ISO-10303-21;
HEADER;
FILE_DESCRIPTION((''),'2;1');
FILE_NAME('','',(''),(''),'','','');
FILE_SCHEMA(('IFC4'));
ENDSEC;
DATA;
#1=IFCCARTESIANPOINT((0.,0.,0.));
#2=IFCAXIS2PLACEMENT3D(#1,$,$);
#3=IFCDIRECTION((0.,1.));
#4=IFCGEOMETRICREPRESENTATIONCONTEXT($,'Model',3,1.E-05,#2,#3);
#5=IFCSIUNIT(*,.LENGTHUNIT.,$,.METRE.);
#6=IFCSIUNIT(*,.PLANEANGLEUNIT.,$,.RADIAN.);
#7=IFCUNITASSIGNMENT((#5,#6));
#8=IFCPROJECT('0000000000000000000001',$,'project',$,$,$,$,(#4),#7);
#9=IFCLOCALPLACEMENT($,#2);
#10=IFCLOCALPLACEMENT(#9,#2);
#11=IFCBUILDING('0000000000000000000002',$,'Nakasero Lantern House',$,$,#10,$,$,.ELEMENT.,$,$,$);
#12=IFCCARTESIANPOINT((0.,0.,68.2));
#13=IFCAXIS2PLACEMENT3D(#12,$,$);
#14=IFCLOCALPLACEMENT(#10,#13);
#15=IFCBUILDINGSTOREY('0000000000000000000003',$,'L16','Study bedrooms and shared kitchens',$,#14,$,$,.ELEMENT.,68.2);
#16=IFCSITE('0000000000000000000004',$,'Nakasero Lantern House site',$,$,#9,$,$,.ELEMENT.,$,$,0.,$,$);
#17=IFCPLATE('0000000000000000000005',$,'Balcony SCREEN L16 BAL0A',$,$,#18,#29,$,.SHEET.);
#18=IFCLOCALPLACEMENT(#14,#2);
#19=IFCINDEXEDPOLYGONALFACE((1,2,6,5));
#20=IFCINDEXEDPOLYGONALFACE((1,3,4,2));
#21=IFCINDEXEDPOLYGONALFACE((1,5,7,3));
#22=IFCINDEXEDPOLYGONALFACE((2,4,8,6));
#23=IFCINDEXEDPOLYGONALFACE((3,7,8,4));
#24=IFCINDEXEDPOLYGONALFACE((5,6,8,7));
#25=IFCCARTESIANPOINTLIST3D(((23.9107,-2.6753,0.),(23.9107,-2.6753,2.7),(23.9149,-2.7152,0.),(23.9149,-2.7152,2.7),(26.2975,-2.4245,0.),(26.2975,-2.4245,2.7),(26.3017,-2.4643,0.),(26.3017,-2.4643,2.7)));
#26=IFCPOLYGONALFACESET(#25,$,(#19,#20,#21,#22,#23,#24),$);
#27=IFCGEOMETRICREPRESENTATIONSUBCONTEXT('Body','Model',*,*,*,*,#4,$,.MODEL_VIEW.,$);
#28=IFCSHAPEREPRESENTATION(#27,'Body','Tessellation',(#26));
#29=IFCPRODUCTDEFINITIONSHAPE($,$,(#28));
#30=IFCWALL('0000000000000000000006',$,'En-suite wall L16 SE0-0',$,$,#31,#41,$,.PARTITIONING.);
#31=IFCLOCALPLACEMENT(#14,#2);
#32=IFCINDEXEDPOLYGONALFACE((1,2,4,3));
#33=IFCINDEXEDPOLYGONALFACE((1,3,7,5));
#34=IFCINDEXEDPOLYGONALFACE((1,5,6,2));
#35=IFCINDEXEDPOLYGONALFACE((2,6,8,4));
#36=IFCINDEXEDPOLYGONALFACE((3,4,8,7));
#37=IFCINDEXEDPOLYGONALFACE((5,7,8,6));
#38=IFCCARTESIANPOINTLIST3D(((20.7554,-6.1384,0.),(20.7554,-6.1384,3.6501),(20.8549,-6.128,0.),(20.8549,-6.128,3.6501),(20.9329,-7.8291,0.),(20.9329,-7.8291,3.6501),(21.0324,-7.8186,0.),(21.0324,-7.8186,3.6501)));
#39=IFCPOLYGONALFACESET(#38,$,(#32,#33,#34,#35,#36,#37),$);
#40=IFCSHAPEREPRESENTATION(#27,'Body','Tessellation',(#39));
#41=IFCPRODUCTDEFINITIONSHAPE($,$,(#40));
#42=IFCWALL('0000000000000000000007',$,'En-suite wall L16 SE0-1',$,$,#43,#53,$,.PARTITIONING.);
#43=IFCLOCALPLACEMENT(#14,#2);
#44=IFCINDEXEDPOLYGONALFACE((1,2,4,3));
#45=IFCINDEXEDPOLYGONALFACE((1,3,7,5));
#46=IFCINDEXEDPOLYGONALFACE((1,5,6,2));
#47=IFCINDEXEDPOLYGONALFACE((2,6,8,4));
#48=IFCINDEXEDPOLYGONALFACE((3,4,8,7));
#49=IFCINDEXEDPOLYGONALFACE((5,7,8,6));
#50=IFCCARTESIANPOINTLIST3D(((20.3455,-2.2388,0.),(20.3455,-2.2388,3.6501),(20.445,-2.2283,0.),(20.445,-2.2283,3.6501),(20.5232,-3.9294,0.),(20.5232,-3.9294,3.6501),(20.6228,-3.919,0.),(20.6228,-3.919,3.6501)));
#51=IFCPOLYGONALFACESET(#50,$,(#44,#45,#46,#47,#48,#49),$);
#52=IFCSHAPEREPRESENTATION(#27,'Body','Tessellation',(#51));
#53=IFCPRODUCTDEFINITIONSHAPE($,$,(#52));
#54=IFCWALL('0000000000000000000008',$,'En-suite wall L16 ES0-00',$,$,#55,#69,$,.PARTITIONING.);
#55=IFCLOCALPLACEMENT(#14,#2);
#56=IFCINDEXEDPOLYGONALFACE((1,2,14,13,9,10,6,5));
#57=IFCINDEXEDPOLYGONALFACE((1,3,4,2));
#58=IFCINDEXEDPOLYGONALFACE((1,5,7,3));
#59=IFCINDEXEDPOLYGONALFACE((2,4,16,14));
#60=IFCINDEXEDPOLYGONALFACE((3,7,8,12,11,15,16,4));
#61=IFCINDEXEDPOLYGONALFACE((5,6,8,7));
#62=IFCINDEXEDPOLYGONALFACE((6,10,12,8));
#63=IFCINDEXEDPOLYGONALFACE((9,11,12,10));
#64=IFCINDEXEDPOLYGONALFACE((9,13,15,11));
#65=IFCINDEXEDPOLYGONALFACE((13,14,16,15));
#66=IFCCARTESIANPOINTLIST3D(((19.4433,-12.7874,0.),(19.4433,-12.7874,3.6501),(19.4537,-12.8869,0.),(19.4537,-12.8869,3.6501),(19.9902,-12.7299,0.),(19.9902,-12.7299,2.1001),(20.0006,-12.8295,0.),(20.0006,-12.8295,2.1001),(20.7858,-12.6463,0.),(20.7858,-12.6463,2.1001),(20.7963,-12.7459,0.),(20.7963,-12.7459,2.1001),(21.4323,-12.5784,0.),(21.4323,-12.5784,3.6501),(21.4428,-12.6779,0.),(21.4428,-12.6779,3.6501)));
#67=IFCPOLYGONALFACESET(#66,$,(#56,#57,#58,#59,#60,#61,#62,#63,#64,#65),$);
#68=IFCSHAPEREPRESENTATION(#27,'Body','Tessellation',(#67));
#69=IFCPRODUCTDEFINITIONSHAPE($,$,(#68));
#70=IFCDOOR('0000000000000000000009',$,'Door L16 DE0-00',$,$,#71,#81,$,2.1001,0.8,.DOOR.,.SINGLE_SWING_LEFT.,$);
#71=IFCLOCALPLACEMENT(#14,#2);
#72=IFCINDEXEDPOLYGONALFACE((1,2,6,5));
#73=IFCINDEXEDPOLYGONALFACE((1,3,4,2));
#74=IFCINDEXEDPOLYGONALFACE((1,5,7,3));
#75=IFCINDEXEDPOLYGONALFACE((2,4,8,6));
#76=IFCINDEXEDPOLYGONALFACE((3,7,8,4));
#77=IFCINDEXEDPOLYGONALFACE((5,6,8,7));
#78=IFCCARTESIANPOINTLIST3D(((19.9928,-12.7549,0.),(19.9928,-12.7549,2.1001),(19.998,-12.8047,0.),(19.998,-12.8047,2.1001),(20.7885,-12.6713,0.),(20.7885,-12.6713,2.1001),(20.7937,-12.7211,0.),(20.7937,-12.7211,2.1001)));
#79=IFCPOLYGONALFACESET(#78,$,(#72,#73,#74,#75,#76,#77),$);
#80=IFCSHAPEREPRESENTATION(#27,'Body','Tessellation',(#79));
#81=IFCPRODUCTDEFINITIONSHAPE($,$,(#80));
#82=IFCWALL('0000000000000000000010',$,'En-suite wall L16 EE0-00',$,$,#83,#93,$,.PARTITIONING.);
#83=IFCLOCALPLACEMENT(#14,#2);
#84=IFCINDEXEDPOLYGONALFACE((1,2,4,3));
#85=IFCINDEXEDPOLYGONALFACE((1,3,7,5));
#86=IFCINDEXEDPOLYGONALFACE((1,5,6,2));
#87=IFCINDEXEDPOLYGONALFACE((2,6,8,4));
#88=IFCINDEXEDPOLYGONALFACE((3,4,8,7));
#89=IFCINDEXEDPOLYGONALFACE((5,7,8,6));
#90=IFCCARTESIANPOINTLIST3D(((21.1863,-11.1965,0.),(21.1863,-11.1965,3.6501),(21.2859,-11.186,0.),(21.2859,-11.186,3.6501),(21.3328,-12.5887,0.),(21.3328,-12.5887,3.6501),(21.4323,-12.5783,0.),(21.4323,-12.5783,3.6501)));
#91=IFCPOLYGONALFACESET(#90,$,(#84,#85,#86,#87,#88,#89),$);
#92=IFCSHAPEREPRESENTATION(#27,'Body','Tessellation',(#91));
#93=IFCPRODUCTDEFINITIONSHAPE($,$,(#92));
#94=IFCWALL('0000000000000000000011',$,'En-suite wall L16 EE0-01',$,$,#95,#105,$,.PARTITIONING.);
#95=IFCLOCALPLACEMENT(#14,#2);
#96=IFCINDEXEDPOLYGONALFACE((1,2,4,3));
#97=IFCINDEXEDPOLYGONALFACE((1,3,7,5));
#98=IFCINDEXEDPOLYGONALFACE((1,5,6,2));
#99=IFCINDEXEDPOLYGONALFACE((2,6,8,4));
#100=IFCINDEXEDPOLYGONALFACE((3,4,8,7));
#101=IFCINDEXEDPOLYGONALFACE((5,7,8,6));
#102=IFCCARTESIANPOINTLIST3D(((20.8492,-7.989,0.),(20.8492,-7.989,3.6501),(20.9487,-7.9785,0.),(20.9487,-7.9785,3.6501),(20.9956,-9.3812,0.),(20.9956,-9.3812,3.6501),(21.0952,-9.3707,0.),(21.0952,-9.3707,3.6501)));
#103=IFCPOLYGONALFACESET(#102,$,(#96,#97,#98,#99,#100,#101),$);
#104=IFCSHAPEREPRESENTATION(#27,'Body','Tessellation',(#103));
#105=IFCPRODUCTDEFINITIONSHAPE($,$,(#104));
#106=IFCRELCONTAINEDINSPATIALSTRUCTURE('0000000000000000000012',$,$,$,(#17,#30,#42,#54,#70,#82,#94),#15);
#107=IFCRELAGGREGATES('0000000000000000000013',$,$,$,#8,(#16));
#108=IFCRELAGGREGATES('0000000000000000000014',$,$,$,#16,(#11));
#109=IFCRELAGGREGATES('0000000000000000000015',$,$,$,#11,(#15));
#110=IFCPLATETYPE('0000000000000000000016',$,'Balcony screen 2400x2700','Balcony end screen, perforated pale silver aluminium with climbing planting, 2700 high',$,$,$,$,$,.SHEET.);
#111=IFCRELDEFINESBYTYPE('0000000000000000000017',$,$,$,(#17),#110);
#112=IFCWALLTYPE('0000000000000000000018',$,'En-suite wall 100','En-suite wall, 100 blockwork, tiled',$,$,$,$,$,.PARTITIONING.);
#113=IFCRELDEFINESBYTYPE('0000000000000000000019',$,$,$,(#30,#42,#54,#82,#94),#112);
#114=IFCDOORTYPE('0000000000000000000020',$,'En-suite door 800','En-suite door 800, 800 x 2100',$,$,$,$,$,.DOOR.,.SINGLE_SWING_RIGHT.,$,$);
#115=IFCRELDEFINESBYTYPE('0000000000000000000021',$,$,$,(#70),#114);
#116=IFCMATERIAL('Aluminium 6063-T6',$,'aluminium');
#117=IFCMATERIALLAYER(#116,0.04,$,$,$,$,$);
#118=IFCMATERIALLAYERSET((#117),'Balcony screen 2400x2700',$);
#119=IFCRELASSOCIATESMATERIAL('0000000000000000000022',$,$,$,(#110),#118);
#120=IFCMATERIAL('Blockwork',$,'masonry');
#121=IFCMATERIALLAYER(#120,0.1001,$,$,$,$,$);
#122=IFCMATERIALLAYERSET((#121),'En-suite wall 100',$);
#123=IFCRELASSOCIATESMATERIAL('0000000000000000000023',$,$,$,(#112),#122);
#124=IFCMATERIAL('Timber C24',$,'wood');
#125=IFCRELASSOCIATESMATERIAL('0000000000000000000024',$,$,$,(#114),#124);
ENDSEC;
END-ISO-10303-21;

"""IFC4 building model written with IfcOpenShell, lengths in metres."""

from ifc_helpers import new_model, si_unit, direction, frame, frame_2d, origin, origin_2d, place, context, subcontext, project, spatial, rectangle, extrude, material, layer, layer_set, type_object, element, fill, save


model = new_model("IFC4")

# Units and contexts
model_context = context("Model", 3, precision=1e-05, world=origin(), true_north=direction((0.0, 1.0)))
body_context = subcontext(model_context, "Body", "Model", "MODEL_VIEW")
ifc_project = project(units=[si_unit("LENGTHUNIT", "METRE"), si_unit("PLANEANGLEUNIT", "RADIAN")], contexts=[model_context])

# Site, building, storey
site_placement = place(None, origin())
site = spatial("IfcSite", under=ifc_project, at=site_placement, Name="Nakasero Lantern House site", CompositionType="ELEMENT", RefElevation=0.0)
building_placement = place(site_placement, origin())
building = spatial("IfcBuilding", under=site, at=building_placement, Name="Nakasero Lantern House", CompositionType="ELEMENT")
storey_placement = place(building_placement, frame((0.0, 0.0, 68.2)))
storey = spatial("IfcBuildingStorey", under=building, at=storey_placement, Name="L16", Description="Study bedrooms and shared kitchens", CompositionType="ELEMENT", Elevation=68.2)

# Plate
ifc_material_1 = material(Name="Aluminium 6063-T6", Category="aluminium")
ifc_layer_1 = layer(ifc_material_1, 0.04)
ifc_layer_set_1 = layer_set([ifc_layer_1], Name="Balcony screen 2400x2700")
plate_type_1 = type_object("IfcPlateType", Name="Balcony screen 2400x2700", Description="Balcony end screen, perforated pale silver aluminium with climbing planting, 2700 high", PredefinedType="SHEET", material=ifc_layer_set_1)
plate_1_placement = place(storey_placement, frame((25.1062, -2.5698, 0.0), z_axis=(0.0, 0.0, 1.0), x_axis=(0.994522, 0.104528, 0.0)))
element("IfcPlate", 1, at=plate_1_placement, inside=storey, type_object=plate_type_1, Name="Balcony SCREEN L16 BAL0A", PredefinedType="SHEET", context=body_context, shape_type="SweptSolid", body=[
    extrude(rectangle(XDim=2.3999, YDim=0.04, at=origin_2d()), origin(), (0.0, 0.0, 1.0), 2.7),
])

# Walls
ifc_material_2 = material(Name="Blockwork", Category="masonry")
ifc_layer_2 = layer(ifc_material_2, 0.1001)
ifc_layer_set_2 = layer_set([ifc_layer_2], Name="En-suite wall 100")
wall_type_1 = type_object("IfcWallType", Name="En-suite wall 100", Description="En-suite wall, 100 blockwork, tiled", PredefinedType="PARTITIONING", material=ifc_layer_set_2)
for number, where, z_axis, x_axis, name in (
    (2, (20.9827, -7.824, 0.0), (0.0, 0.0, 1.0), (-0.104408, 0.994535, 0.0), "En-suite wall L16 SE0-0"),
    (3, (20.573, -3.9243, 0.0), (0.0, 0.0, 1.0), (-0.10455, 0.99452, 0.0), "En-suite wall L16 SE0-1"),
):
    element("IfcWall", number, at=place(storey_placement, frame(where, z_axis=z_axis, x_axis=x_axis)), inside=storey, type_object=wall_type_1, Name=name, PredefinedType="PARTITIONING", context=body_context, shape_type="SweptSolid", body=[
        extrude(rectangle(XDim=1.7, YDim=0.1001, at=frame_2d((0.8501, 0.0))), origin(), (0.0, 0.0, 1.0), 3.6501),
    ])

# Wall, opening, door
wall_1_placement = place(storey_placement, frame((19.4485, -12.8372, 0.0), z_axis=(0.0, 0.0, 1.0), x_axis=(0.994526, 0.104494, 0.0)))
wall_1 = element("IfcWall", 4, at=wall_1_placement, inside=storey, type_object=wall_type_1, Name="En-suite wall L16 ES0-00", PredefinedType="PARTITIONING", context=body_context, shape_type="SweptSolid", body=[
    extrude(rectangle(XDim=2.0, YDim=0.1001, at=frame_2d((1.0, 0.0))), origin(), (0.0, 0.0, 1.0), 3.6501),
])
opening_1_placement = place(wall_1_placement, frame((0.55, 0.0, 0.0)))
opening_1 = element("IfcOpeningElement", 5, at=opening_1_placement, cuts=wall_1, PredefinedType="OPENING", context=body_context, shape_type="SweptSolid", body=[
    extrude(rectangle(XDim=0.8, YDim=2.1001, at=frame_2d((0.3999, 1.05))), frame((0.0, 0.0701, 0.0), z_axis=(0.0, -1.0, 0.0), x_axis=(1.0, 0.0, 0.0)), (0.0, 0.0, 1.0), 0.1401),
])
ifc_material_3 = material(Name="Timber C24", Category="wood")
door_type_1 = type_object("IfcDoorType", Name="En-suite door 800", Description="En-suite door 800, 800 x 2100", OperationType="SINGLE_SWING_RIGHT", PredefinedType="DOOR", material=ifc_material_3)
door_1_placement = place(opening_1_placement, origin())
door_1 = element("IfcDoor", 6, at=door_1_placement, inside=storey, type_object=door_type_1, Name="Door L16 DE0-00", OperationType="SINGLE_SWING_LEFT", OverallHeight=2.1001, OverallWidth=0.8, PredefinedType="DOOR", context=body_context, shape_type="SweptSolid", body=[
    extrude(rectangle(XDim=0.8, YDim=2.1001, at=frame_2d((0.3999, 1.05))), frame((0.0, 0.0249, 0.0), z_axis=(0.0, -1.0, 0.0), x_axis=(1.0, 0.0, 0.0)), (0.0, 0.0, 1.0), 0.05),
])
fill(opening_1, door_1)

# Walls
for number, where, z_axis, x_axis, name in (
    (7, (21.3826, -12.5835, 0.0), (0.0, 0.0, 1.0), (-0.10463, 0.994511, 0.0), "En-suite wall L16 EE0-00"),
    (8, (21.0454, -9.376, 0.0), (0.0, 0.0, 1.0), (-0.10463, 0.994511, 0.0), "En-suite wall L16 EE0-01"),
):
    element("IfcWall", number, at=place(storey_placement, frame(where, z_axis=z_axis, x_axis=x_axis)), inside=storey, type_object=wall_type_1, Name=name, PredefinedType="PARTITIONING", context=body_context, shape_type="SweptSolid", body=[
        extrude(rectangle(XDim=1.3999, YDim=0.1001, at=frame_2d((0.7, 0.0))), origin(), (0.0, 0.0, 1.0), 3.6501),
    ])

save(model, "model.ifc")
